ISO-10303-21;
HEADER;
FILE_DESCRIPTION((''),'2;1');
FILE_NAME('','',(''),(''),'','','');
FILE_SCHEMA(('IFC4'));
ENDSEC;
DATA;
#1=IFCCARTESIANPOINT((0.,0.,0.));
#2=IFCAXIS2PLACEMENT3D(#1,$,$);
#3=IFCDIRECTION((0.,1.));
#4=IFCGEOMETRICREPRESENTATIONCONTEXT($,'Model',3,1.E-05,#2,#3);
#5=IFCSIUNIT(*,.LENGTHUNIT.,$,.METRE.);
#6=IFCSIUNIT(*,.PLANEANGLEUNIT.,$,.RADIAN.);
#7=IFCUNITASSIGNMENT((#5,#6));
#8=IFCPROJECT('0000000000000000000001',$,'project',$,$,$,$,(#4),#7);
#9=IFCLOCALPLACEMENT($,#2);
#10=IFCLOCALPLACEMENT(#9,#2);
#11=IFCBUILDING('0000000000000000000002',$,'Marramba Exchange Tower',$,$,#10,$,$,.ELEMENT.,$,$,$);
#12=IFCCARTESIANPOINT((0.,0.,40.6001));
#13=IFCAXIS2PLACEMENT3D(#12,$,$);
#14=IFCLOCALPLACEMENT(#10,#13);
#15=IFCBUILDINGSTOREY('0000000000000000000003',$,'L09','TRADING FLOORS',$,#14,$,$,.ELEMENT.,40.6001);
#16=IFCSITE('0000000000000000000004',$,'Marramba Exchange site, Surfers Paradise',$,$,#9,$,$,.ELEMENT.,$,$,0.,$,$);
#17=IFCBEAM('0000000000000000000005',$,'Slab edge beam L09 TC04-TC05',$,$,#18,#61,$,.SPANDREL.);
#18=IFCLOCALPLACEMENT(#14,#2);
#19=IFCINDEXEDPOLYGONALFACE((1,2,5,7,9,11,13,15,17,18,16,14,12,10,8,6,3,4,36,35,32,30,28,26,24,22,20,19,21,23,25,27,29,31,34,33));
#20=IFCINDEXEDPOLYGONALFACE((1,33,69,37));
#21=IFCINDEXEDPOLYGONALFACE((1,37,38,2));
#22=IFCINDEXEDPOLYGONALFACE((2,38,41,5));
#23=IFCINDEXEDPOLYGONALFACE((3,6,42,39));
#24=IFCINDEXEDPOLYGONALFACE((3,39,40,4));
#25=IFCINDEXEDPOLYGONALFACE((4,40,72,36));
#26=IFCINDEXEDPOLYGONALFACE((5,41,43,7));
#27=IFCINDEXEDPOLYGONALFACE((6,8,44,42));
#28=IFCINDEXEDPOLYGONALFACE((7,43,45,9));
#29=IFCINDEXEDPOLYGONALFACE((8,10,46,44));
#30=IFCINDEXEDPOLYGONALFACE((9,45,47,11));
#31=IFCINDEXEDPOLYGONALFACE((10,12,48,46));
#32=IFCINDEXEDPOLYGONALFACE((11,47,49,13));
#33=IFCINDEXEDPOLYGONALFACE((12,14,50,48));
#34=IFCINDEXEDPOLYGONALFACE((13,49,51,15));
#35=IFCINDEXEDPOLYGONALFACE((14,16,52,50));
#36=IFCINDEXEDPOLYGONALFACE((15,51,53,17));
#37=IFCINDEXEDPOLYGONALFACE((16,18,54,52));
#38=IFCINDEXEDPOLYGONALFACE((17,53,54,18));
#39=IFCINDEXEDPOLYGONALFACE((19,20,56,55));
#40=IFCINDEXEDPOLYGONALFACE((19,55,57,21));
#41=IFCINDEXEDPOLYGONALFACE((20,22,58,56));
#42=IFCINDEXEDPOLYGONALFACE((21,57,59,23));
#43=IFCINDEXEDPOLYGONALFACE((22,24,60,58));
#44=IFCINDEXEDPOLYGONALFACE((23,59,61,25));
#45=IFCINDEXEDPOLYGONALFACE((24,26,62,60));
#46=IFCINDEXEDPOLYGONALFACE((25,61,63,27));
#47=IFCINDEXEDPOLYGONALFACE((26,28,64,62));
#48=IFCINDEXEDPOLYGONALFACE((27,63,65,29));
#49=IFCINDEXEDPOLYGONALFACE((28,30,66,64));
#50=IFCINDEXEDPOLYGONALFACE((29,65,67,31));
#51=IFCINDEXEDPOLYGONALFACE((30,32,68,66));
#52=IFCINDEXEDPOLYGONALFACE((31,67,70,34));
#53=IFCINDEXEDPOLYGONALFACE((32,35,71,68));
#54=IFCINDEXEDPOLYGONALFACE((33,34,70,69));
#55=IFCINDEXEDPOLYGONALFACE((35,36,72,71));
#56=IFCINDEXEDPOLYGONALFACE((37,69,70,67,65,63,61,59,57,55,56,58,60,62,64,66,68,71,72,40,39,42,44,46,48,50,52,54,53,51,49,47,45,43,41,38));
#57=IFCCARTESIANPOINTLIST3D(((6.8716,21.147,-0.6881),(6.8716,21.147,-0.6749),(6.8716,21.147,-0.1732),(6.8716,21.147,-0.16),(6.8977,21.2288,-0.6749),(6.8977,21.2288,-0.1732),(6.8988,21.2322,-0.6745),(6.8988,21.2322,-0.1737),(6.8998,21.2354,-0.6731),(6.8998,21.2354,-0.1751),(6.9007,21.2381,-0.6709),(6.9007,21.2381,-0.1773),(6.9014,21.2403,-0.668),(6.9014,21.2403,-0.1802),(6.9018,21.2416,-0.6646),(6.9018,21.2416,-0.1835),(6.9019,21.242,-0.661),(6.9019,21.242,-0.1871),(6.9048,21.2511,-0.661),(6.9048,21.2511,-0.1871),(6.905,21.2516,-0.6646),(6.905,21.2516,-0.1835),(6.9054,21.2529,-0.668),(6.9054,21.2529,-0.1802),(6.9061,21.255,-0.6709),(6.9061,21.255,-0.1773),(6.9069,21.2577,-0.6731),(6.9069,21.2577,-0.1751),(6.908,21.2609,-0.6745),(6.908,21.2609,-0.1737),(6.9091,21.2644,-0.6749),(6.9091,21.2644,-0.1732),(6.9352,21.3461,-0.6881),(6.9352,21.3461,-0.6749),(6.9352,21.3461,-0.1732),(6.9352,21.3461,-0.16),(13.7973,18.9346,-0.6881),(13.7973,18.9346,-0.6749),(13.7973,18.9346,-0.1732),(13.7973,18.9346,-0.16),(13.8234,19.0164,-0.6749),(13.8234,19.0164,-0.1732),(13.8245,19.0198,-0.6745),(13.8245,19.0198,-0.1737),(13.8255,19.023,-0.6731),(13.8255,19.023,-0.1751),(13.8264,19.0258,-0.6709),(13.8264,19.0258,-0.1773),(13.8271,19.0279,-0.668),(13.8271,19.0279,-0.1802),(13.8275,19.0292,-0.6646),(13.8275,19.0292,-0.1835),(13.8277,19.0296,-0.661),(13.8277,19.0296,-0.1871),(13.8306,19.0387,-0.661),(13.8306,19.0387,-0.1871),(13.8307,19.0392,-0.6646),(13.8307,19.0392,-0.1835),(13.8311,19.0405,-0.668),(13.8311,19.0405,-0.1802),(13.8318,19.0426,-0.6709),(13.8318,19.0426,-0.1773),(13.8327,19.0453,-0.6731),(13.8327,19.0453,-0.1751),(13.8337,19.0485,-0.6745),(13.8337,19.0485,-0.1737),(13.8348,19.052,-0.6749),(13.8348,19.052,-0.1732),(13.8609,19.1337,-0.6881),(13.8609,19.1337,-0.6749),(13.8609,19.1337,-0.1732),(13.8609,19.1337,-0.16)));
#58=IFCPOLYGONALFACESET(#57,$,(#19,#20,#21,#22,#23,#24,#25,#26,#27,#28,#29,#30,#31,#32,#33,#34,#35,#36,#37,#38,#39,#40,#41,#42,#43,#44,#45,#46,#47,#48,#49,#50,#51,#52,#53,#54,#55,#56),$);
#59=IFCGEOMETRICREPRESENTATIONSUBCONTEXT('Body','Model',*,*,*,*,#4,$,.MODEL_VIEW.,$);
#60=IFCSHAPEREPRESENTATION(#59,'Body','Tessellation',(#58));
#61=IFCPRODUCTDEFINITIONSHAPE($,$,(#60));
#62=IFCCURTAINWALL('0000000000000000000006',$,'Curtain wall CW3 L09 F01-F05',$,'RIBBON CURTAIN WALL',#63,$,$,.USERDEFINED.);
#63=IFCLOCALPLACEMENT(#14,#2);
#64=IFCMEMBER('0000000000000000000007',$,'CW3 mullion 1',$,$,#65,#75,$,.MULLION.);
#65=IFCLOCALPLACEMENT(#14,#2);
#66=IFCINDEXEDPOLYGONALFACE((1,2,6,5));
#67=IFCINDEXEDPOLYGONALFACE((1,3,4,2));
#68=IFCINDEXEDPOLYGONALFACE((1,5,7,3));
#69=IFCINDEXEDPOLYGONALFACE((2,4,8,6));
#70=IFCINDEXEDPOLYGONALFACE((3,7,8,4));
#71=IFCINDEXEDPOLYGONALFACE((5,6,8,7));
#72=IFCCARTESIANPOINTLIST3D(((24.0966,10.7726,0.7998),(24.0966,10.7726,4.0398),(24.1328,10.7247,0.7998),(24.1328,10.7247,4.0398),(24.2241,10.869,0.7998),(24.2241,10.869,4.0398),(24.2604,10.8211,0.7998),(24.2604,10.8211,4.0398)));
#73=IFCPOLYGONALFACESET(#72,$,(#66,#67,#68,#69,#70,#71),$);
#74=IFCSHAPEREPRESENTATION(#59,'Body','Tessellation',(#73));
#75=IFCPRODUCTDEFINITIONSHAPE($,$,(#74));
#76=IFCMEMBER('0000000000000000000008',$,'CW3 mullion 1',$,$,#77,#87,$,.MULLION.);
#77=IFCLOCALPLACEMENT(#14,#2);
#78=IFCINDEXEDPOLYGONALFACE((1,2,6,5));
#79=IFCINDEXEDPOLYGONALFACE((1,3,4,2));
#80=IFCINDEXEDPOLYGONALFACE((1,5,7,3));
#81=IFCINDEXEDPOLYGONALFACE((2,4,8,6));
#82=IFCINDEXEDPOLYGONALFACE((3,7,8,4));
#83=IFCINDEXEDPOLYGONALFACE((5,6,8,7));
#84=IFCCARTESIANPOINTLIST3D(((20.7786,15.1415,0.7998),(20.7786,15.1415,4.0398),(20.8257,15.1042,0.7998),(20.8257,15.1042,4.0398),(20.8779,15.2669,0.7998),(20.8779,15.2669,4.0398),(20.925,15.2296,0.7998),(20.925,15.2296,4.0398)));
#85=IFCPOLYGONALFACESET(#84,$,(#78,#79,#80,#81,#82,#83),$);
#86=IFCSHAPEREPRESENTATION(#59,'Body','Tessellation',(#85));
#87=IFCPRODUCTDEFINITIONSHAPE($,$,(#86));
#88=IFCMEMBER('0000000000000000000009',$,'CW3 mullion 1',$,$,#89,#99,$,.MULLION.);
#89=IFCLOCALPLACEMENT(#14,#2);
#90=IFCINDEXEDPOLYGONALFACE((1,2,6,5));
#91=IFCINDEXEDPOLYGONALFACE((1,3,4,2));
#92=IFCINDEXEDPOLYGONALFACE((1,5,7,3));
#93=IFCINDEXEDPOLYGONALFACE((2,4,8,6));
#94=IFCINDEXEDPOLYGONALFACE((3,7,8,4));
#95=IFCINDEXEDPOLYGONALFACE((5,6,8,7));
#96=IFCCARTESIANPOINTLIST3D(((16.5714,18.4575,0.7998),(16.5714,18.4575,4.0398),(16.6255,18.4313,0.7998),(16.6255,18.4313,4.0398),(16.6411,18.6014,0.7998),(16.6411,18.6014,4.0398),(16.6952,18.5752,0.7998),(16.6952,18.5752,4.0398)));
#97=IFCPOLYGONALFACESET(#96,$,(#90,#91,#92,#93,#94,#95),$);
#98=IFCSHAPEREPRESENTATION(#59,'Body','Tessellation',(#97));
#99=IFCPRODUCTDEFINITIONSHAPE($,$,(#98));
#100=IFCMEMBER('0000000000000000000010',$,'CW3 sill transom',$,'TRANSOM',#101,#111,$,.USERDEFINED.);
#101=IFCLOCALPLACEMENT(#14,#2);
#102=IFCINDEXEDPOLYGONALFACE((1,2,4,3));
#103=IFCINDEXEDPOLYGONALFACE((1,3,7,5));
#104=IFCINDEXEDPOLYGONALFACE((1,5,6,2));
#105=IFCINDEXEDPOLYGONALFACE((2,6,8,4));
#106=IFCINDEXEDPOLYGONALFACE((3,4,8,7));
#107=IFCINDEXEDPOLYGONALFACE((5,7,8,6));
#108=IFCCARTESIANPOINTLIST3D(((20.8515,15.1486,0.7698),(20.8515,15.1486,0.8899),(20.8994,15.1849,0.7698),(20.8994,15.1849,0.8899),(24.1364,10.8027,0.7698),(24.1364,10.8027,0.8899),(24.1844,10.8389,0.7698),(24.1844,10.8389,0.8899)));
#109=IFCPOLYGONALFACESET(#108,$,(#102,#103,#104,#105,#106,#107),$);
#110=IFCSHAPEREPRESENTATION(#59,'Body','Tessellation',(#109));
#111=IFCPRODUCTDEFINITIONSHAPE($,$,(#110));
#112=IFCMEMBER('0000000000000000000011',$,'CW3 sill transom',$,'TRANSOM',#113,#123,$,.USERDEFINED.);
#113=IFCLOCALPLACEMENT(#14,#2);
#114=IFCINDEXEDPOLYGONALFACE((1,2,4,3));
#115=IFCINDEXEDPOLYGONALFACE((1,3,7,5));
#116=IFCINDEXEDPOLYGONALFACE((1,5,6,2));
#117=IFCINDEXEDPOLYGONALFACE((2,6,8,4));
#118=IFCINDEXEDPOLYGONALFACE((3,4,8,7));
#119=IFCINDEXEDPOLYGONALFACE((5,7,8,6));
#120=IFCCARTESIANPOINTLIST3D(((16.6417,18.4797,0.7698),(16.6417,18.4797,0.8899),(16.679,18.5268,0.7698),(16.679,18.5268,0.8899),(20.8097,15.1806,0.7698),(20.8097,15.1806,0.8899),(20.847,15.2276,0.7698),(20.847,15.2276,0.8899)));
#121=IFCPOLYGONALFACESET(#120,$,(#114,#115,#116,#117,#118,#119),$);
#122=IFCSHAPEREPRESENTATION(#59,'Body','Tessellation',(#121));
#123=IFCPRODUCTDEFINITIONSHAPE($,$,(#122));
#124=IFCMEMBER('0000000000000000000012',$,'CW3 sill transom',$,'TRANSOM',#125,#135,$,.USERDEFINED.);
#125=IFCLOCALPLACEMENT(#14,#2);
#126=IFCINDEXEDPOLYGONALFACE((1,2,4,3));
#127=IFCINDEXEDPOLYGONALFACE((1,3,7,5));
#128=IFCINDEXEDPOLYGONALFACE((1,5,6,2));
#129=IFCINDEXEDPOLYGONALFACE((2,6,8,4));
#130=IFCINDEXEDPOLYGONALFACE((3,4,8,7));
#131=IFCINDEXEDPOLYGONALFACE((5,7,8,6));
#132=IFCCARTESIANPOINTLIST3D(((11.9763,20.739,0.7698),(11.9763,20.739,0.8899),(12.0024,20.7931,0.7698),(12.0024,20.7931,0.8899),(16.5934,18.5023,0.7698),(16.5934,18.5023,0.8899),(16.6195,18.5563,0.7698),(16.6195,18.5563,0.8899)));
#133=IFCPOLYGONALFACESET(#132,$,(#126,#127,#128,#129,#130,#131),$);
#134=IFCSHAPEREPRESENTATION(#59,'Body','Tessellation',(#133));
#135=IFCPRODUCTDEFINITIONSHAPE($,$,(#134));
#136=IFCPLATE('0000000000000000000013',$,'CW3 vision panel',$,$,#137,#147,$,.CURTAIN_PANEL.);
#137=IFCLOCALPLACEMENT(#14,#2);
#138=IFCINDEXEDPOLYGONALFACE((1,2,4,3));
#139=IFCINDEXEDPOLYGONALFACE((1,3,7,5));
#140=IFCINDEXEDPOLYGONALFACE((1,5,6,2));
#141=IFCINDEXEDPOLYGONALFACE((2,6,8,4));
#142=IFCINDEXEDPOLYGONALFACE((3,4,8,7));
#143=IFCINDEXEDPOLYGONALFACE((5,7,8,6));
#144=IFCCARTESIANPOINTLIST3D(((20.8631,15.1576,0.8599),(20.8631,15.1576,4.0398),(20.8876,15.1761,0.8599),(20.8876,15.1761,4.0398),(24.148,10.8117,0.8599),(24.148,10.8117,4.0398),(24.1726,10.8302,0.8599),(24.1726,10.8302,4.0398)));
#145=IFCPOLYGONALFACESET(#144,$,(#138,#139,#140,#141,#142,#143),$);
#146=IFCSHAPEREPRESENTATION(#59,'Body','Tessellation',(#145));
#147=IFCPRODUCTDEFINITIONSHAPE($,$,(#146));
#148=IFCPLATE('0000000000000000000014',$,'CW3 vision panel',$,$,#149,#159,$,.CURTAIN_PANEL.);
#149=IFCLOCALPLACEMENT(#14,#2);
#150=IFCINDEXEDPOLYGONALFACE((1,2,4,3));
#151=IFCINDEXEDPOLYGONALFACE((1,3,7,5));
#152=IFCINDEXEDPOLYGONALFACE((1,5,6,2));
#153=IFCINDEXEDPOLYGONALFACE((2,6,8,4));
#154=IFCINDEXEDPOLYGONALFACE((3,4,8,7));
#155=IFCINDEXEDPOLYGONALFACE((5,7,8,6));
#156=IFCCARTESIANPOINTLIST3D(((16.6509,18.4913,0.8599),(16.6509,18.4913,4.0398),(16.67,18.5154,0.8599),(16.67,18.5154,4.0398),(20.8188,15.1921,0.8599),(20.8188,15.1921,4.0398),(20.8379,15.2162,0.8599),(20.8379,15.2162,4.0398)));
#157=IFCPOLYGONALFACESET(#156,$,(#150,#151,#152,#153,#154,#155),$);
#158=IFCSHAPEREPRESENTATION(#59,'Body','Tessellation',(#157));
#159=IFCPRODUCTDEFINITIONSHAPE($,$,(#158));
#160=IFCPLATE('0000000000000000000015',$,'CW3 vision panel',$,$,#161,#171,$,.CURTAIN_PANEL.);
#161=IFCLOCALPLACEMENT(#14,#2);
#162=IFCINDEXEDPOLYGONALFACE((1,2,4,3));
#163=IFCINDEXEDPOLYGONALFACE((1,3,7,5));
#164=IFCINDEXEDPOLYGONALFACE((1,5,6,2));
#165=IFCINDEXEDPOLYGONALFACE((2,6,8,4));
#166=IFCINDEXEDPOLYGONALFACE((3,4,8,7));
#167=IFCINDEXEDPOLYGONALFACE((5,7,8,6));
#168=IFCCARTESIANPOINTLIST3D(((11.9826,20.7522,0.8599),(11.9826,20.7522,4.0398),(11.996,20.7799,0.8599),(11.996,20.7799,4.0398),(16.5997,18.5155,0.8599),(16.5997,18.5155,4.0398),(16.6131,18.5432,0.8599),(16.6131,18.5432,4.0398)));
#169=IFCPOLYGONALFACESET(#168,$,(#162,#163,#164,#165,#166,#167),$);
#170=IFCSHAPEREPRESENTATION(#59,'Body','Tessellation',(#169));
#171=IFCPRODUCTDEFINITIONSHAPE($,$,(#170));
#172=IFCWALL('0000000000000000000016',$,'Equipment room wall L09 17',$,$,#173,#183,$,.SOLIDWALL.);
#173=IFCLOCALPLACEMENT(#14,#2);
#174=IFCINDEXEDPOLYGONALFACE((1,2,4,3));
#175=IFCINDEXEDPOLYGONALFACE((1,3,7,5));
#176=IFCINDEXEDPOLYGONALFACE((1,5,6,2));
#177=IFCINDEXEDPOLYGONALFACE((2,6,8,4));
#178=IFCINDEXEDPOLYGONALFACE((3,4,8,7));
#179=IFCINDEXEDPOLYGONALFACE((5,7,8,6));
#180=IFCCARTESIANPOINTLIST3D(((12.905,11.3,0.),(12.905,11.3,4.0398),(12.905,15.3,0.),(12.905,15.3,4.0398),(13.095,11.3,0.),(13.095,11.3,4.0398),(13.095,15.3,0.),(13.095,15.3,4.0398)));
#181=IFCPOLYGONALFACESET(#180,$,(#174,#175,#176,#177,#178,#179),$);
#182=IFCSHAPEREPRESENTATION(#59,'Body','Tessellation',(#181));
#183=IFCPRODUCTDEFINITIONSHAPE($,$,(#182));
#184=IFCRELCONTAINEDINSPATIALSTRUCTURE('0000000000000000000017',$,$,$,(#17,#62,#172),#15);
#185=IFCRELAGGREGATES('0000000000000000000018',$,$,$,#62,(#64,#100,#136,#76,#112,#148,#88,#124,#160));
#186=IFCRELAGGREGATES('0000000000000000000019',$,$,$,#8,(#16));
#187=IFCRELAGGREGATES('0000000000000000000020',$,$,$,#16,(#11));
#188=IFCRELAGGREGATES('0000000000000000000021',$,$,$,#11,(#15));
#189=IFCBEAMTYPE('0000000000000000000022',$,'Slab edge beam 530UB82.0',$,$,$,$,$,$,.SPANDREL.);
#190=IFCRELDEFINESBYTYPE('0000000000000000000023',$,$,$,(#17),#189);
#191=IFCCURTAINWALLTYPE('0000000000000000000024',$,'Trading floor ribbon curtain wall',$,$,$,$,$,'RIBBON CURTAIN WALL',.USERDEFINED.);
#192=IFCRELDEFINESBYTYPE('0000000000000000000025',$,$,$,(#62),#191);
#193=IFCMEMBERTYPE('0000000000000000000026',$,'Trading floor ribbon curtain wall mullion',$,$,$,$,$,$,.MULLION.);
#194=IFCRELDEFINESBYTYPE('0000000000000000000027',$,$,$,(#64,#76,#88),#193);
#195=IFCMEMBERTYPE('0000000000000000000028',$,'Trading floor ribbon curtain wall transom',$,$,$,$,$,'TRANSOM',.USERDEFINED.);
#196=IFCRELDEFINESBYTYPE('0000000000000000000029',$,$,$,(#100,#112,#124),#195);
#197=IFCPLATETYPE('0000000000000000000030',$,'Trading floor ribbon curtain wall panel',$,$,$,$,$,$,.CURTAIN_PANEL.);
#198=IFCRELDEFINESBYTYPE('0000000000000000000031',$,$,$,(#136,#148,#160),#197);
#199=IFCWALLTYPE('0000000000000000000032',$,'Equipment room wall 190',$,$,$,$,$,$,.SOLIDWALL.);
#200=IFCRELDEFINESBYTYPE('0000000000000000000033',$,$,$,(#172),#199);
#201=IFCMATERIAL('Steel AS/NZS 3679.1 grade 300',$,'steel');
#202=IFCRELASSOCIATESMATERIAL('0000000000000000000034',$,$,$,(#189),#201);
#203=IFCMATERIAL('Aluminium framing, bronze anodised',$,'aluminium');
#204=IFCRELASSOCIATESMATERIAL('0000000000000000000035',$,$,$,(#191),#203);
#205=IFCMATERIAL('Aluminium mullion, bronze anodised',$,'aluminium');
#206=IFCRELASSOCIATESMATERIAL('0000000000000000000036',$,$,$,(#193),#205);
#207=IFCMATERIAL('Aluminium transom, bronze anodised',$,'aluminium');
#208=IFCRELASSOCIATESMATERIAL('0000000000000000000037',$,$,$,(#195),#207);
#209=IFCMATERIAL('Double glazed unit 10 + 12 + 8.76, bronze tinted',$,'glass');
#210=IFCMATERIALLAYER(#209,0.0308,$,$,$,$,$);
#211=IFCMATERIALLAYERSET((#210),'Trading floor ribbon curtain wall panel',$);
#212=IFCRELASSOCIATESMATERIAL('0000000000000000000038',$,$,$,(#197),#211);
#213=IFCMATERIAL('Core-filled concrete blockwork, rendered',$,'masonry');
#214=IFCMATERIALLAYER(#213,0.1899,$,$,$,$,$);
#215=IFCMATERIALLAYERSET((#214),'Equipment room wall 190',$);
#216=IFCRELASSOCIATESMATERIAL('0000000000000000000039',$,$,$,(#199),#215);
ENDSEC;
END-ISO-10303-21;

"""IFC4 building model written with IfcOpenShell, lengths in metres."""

from ifc_helpers import new_model, si_unit, direction, frame, frame_2d, origin, origin_2d, place, context, subcontext, project, spatial, rectangle, i_section, extrude, material, layer, layer_set, material_profile, profile_set, type_object, element, aggregate, save


model = new_model("IFC4")

# Units and contexts
model_context = context("Model", 3, precision=1e-05, world=origin(), true_north=direction((0.0, 1.0)))
body_context = subcontext(model_context, "Body", "Model", "MODEL_VIEW")
ifc_project = project(units=[si_unit("LENGTHUNIT", "METRE"), si_unit("PLANEANGLEUNIT", "RADIAN")], contexts=[model_context])

# Site, building, storey
site_placement = place(None, origin())
site = spatial("IfcSite", under=ifc_project, at=site_placement, Name="Marramba Exchange site, Surfers Paradise", CompositionType="ELEMENT", RefElevation=0.0)
building_placement = place(site_placement, origin())
building = spatial("IfcBuilding", under=site, at=building_placement, Name="Marramba Exchange Tower", CompositionType="ELEMENT")
storey_placement = place(building_placement, frame((0.0, 0.0, 40.6001)))
storey = spatial("IfcBuildingStorey", under=building, at=storey_placement, Name="L09", Description="TRADING FLOORS", CompositionType="ELEMENT", Elevation=40.6001)

# Beam
ifc_material_1 = material(Name="Steel AS/NZS 3679.1 grade 300", Category="steel")
ifc_material_profile_1 = material_profile(ifc_material_1, i_section(OverallWidth=0.209, OverallDepth=0.5281, WebThickness=0.0095, FlangeThickness=0.0132, FilletRadius=0.0139, at=origin_2d()), Name="530UB82.0")
ifc_profile_set_1 = profile_set([ifc_material_profile_1], Name="Steel AS/NZS 3679.1 grade 300")
beam_type_1 = type_object("IfcBeamType", Name="Slab edge beam 530UB82.0", PredefinedType="SPANDREL", material=ifc_profile_set_1)
beam_1_placement = place(storey_placement, frame((13.8291, 19.0342, -0.4241), z_axis=(-0.952578, 0.304296, 0.0), x_axis=(-0.304296, -0.952578, 0.0)))
element("IfcBeam", 1, at=beam_1_placement, inside=storey, type_object=beam_type_1, Name="Slab edge beam L09 TC04-TC05", PredefinedType="SPANDREL", context=body_context, shape_type="SweptSolid", body=[
    extrude(i_section(OverallWidth=0.209, OverallDepth=0.5281, WebThickness=0.0095, FlangeThickness=0.0132, FilletRadius=0.0139, at=origin_2d()), origin(), (0.0, 0.0, 1.0), 7.2705),
])

# Curtain wall, members, plates
ifc_material_2 = material(Name="Aluminium framing, bronze anodised", Category="aluminium")
curtain_wall_type = type_object("IfcCurtainWallType", Name="Trading floor ribbon curtain wall", ElementType="RIBBON CURTAIN WALL", PredefinedType="USERDEFINED", material=ifc_material_2)
curtain_wall_placement = place(storey_placement, origin())
curtain_wall = element("IfcCurtainWall", 2, at=curtain_wall_placement, inside=storey, type_object=curtain_wall_type, Name="Curtain wall CW3 L09 F01-F05", ObjectType="RIBBON CURTAIN WALL", PredefinedType="USERDEFINED")
ifc_material_3 = material(Name="Aluminium mullion, bronze anodised", Category="aluminium")
ifc_material_profile_2 = material_profile(ifc_material_3, rectangle(XDim=0.1599, YDim=0.0601, at=origin_2d()), Name="CW3 mullion 60x160")
ifc_profile_set_2 = profile_set([ifc_material_profile_2], Name="Aluminium mullion, bronze anodised")
member_type_1 = type_object("IfcMemberType", Name="Trading floor ribbon curtain wall mullion", PredefinedType="MULLION", material=ifc_profile_set_2)
member_1_placement = place(storey_placement, frame((24.1785, 10.7969, 0.7998), z_axis=(0.0, 0.0, 1.0), x_axis=(-0.797749, -0.60299, 0.0)))
member_1 = element("IfcMember", 3, at=member_1_placement, type_object=member_type_1, Name="CW3 mullion 1", PredefinedType="MULLION", context=body_context, shape_type="SweptSolid", body=[
    extrude(rectangle(XDim=0.1599, YDim=0.0601, at=origin_2d()), origin(), (0.0, 0.0, 1.0), 3.24),
])
member_2_placement = place(storey_placement, frame((20.8518, 15.1855, 0.7998), z_axis=(0.0, 0.0, 1.0), x_axis=(-0.62065, -0.784088, 0.0)))
member_2 = element("IfcMember", 4, at=member_2_placement, type_object=member_type_1, Name="CW3 mullion 1", PredefinedType="MULLION", context=body_context, shape_type="SweptSolid", body=[
    extrude(rectangle(XDim=0.1599, YDim=0.0601, at=origin_2d()), origin(), (0.0, 0.0, 1.0), 3.24),
])
member_3_placement = place(storey_placement, frame((16.6333, 18.5164, 0.7998), z_axis=(0.0, 0.0, 1.0), x_axis=(-0.435965, -0.899963, 0.0)))
member_3 = element("IfcMember", 5, at=member_3_placement, type_object=member_type_1, Name="CW3 mullion 1", PredefinedType="MULLION", context=body_context, shape_type="SweptSolid", body=[
    extrude(rectangle(XDim=0.1599, YDim=0.0601, at=origin_2d()), origin(), (0.0, 0.0, 1.0), 3.24),
])
ifc_material_4 = material(Name="Aluminium transom, bronze anodised", Category="aluminium")
ifc_material_profile_3 = material_profile(ifc_material_4, rectangle(XDim=0.0601, YDim=0.1201, at=origin_2d()), Name="CW3 transom 60x120")
ifc_profile_set_3 = profile_set([ifc_material_profile_3], Name="Aluminium transom, bronze anodised")
member_type_2 = type_object("IfcMemberType", Name="Trading floor ribbon curtain wall transom", ElementType="TRANSOM", PredefinedType="USERDEFINED", material=ifc_profile_set_3)
member_4_placement = place(storey_placement, frame((24.1604, 10.8208, 0.8298), z_axis=(-0.602986, 0.797752, 0.0), x_axis=(-0.797752, -0.602986, 0.0)))
member_4 = element("IfcMember", 6, at=member_4_placement, type_object=member_type_2, Name="CW3 sill transom", ObjectType="TRANSOM", PredefinedType="USERDEFINED", context=body_context, shape_type="SweptSolid", body=[
    extrude(rectangle(XDim=0.0601, YDim=0.1201, at=origin_2d()), origin(), (0.0, 0.0, 1.0), 5.4478),
])
member_5_placement = place(storey_placement, frame((20.8284, 15.2041, 0.8298), z_axis=(-0.784098, 0.620637, 0.0), x_axis=(-0.620637, -0.784098, 0.0)))
member_5 = element("IfcMember", 7, at=member_5_placement, type_object=member_type_2, Name="CW3 sill transom", ObjectType="TRANSOM", PredefinedType="USERDEFINED", context=body_context, shape_type="SweptSolid", body=[
    extrude(rectangle(XDim=0.0601, YDim=0.1201, at=origin_2d()), origin(), (0.0, 0.0, 1.0), 5.3157),
])
member_6_placement = place(storey_placement, frame((16.6064, 18.5293, 0.8298), z_axis=(-0.899953, 0.435986, 0.0), x_axis=(-0.435986, -0.899953, 0.0)))
member_6 = element("IfcMember", 8, at=member_6_placement, type_object=member_type_2, Name="CW3 sill transom", ObjectType="TRANSOM", PredefinedType="USERDEFINED", context=body_context, shape_type="SweptSolid", body=[
    extrude(rectangle(XDim=0.0601, YDim=0.1201, at=origin_2d()), origin(), (0.0, 0.0, 1.0), 5.1304),
])
ifc_material_5 = material(Name="Double glazed unit 10 + 12 + 8.76, bronze tinted", Category="glass")
ifc_layer_1 = layer(ifc_material_5, 0.0308)
ifc_layer_set_1 = layer_set([ifc_layer_1], Name="Trading floor ribbon curtain wall panel")
plate_type = type_object("IfcPlateType", Name="Trading floor ribbon curtain wall panel", PredefinedType="CURTAIN_PANEL", material=ifc_layer_set_1)
plate_1_placement = place(storey_placement, frame((22.5178, 12.9939, 0.8599), z_axis=(0.0, 0.0, 1.0), x_axis=(-0.60299, 0.797749, 0.0)))
plate_1 = element("IfcPlate", 9, at=plate_1_placement, type_object=plate_type, Name="CW3 vision panel", PredefinedType="CURTAIN_PANEL", context=body_context, shape_type="SweptSolid", body=[
    extrude(rectangle(XDim=5.4478, YDim=0.0308, at=origin_2d()), origin(), (0.0, 0.0, 1.0), 3.1799),
])
plate_2_placement = place(storey_placement, frame((18.7444, 16.8538, 0.8599), z_axis=(0.0, 0.0, 1.0), x_axis=(-0.784088, 0.62065, 0.0)))
plate_2 = element("IfcPlate", 10, at=plate_2_placement, type_object=plate_type, Name="CW3 vision panel", PredefinedType="CURTAIN_PANEL", context=body_context, shape_type="SweptSolid", body=[
    extrude(rectangle(XDim=5.3157, YDim=0.0308, at=origin_2d()), origin(), (0.0, 0.0, 1.0), 3.1799),
])
plate_3_placement = place(storey_placement, frame((14.2979, 19.6477, 0.8599), z_axis=(0.0, 0.0, 1.0), x_axis=(-0.899963, 0.435965, 0.0)))
plate_3 = element("IfcPlate", 11, at=plate_3_placement, type_object=plate_type, Name="CW3 vision panel", PredefinedType="CURTAIN_PANEL", context=body_context, shape_type="SweptSolid", body=[
    extrude(rectangle(XDim=5.1304, YDim=0.0308, at=origin_2d()), origin(), (0.0, 0.0, 1.0), 3.1799),
])
aggregate(curtain_wall, [member_1, member_4, plate_1, member_2, member_5, plate_2, member_3, member_6, plate_3])

# Wall
ifc_material_6 = material(Name="Core-filled concrete blockwork, rendered", Category="masonry")
ifc_layer_2 = layer(ifc_material_6, 0.1899)
ifc_layer_set_2 = layer_set([ifc_layer_2], Name="Equipment room wall 190")
wall_type_1 = type_object("IfcWallType", Name="Equipment room wall 190", PredefinedType="SOLIDWALL", material=ifc_layer_set_2)
wall_1_placement = place(storey_placement, frame((13.0, 11.3, 0.0), z_axis=(0.0, 0.0, 1.0), x_axis=(0.0, 1.0, 0.0)))
element("IfcWall", 12, at=wall_1_placement, inside=storey, type_object=wall_type_1, Name="Equipment room wall L09 17", PredefinedType="SOLIDWALL", context=body_context, shape_type="SweptSolid", body=[
    extrude(rectangle(XDim=4.0, YDim=0.1899, at=frame_2d((2.0, 0.0))), origin(), (0.0, 0.0, 1.0), 4.0398),
])

save(model, "model.ifc")
